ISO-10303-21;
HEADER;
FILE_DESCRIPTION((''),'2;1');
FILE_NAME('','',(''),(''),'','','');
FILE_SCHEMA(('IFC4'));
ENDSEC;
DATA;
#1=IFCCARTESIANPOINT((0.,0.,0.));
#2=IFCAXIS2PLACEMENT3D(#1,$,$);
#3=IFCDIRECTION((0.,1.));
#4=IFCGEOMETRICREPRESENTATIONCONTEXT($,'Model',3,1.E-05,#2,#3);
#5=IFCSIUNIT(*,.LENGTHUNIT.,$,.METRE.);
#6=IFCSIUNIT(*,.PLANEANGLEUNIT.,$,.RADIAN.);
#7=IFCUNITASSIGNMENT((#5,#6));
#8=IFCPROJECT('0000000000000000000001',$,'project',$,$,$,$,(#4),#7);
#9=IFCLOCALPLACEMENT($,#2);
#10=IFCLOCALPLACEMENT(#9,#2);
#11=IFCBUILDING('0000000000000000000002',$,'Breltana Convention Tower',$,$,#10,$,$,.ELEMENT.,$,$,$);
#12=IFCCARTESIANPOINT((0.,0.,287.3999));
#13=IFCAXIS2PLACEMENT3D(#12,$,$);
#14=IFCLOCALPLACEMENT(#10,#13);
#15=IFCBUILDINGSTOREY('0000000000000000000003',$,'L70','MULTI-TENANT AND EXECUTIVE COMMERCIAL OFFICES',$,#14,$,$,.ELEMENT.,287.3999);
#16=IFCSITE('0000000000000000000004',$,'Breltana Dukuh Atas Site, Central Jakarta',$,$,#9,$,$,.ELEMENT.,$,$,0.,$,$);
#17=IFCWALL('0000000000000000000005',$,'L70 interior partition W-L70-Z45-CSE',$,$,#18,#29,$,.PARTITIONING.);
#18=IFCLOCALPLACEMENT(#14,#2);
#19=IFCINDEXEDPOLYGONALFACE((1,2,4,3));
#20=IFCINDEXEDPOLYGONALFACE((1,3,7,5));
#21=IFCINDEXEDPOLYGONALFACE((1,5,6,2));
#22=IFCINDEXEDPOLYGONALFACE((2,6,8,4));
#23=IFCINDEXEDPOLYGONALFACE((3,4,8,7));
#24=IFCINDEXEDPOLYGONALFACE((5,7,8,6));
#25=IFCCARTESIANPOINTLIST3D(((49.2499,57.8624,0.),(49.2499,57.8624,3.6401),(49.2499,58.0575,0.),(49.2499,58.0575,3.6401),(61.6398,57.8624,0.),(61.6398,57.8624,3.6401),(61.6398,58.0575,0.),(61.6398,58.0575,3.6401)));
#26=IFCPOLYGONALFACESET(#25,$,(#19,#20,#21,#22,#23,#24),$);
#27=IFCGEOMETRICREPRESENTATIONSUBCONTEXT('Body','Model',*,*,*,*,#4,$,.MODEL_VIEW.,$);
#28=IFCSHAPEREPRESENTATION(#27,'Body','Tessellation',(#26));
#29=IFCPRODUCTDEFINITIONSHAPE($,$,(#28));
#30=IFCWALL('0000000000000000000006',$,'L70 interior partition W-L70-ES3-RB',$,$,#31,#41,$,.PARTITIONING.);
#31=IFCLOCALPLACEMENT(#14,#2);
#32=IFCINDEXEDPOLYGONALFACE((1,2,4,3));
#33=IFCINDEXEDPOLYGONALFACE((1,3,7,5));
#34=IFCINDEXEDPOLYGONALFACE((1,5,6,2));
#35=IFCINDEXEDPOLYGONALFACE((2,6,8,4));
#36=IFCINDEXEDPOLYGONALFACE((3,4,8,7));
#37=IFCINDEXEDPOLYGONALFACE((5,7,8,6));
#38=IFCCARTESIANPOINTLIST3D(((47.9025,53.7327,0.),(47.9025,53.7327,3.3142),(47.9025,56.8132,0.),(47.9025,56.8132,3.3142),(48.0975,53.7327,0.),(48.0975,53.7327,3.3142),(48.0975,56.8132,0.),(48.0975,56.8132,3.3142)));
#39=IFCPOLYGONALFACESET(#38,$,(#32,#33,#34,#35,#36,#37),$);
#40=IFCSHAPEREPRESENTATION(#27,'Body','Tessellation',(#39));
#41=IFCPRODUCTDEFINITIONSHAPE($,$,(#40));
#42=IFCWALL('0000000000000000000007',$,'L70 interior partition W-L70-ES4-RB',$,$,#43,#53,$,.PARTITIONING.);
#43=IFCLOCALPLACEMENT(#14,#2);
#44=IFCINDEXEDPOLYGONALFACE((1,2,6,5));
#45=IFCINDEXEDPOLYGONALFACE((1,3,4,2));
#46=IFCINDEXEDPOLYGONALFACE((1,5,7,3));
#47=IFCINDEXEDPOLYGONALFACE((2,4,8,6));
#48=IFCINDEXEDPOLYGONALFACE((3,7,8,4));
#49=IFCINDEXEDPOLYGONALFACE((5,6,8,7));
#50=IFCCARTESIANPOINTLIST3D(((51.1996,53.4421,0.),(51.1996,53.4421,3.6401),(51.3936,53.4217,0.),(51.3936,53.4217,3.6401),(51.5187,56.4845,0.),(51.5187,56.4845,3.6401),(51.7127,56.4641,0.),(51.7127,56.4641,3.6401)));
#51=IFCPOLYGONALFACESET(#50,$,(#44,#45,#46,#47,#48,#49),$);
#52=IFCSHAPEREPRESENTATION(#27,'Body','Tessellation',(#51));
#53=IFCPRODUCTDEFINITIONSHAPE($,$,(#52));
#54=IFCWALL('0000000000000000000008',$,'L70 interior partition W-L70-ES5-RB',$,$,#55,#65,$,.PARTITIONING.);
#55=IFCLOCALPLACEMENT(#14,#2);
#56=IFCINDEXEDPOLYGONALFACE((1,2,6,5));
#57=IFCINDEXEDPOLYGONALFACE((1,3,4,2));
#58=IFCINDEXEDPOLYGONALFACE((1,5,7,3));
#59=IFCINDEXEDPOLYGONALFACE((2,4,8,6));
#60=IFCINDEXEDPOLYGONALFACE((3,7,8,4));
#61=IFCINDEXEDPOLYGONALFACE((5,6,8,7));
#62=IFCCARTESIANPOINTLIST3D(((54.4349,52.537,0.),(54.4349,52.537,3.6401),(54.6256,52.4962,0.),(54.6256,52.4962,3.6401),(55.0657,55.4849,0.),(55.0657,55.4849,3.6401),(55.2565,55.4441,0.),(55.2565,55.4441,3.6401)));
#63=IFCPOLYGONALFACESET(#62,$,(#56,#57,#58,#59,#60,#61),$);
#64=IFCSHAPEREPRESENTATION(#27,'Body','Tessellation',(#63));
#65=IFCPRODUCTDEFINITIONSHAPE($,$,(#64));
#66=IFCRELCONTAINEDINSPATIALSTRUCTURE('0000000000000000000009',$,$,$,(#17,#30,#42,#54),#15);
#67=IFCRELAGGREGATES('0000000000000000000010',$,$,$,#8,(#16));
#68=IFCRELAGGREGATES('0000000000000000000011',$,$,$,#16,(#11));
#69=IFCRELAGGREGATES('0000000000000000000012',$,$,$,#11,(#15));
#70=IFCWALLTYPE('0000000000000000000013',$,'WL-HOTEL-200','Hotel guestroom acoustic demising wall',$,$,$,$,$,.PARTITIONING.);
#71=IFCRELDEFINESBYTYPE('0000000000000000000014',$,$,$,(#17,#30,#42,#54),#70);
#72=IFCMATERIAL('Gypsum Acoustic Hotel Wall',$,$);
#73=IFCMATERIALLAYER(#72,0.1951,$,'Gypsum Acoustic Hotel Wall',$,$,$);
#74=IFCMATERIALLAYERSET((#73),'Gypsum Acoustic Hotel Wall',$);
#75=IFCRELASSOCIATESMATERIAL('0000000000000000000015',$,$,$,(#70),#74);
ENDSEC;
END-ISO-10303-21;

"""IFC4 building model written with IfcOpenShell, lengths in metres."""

from ifc_helpers import new_model, si_unit, direction, frame, frame_2d, origin, place, context, subcontext, project, spatial, rectangle, extrude, source, transform, mapped, material, layer, layer_set, type_object, element, save


model = new_model("IFC4")

# Units and contexts
model_context = context("Model", 3, precision=1e-05, world=origin(), true_north=direction((0.0, 1.0)))
body_context = subcontext(model_context, "Body", "Model", "MODEL_VIEW")
ifc_project = project(units=[si_unit("LENGTHUNIT", "METRE"), si_unit("PLANEANGLEUNIT", "RADIAN")], contexts=[model_context])

# Site, building, storey
site_placement = place(None, origin())
site = spatial("IfcSite", under=ifc_project, at=site_placement, Name="Breltana Dukuh Atas Site, Central Jakarta", CompositionType="ELEMENT", RefElevation=0.0)
building_placement = place(site_placement, origin())
building = spatial("IfcBuilding", under=site, at=building_placement, Name="Breltana Convention Tower", CompositionType="ELEMENT")
storey_placement = place(building_placement, frame((0.0, 0.0, 287.3999)))
storey = spatial("IfcBuildingStorey", under=building, at=storey_placement, Name="L70", Description="MULTI-TENANT AND EXECUTIVE COMMERCIAL OFFICES", CompositionType="ELEMENT", Elevation=287.3999)

# Wall
ifc_material_1 = material(Name="Gypsum Acoustic Hotel Wall")
ifc_layer_1 = layer(ifc_material_1, 0.1951, Name="Gypsum Acoustic Hotel Wall")
ifc_layer_set_1 = layer_set([ifc_layer_1], Name="Gypsum Acoustic Hotel Wall")
wall_type_1 = type_object("IfcWallType", Name="WL-HOTEL-200", Description="Hotel guestroom acoustic demising wall", PredefinedType="PARTITIONING", material=ifc_layer_set_1)
shared_shape_1 = source(origin(), body_context, "Body", "SweptSolid", [
    extrude(rectangle(XDim=12.3899, YDim=0.1951, at=frame_2d((6.1948, 0.0))), origin(), (0.0, 0.0, 1.0), 3.6401),
])
wall_1_placement = place(storey_placement, frame((49.25, 57.96, 0.0), z_axis=(0.0, 0.0, 1.0), x_axis=(1.0, 0.0, 0.0)))
element("IfcWall", 1, at=wall_1_placement, inside=storey, type_object=wall_type_1, Name="L70 interior partition W-L70-Z45-CSE", PredefinedType="PARTITIONING", context=body_context, shape_type="MappedRepresentation", body=[
    mapped(shared_shape_1, transform((0.0, 0.0, 0.0), scale=1.0)),
])

# Walls
shared_shape_2 = source(origin(), body_context, "Body", "SweptSolid", [
    extrude(rectangle(XDim=3.0806, YDim=0.1951, at=frame_2d((1.5403, 0.0))), origin(), (0.0, 0.0, 1.0), 3.3142),
])
wall_2_placement = place(storey_placement, frame((48.0, 53.7327, 0.0), z_axis=(0.0, 0.0, 1.0), x_axis=(0.0, 1.0, 0.0)))
element("IfcWall", 2, at=wall_2_placement, inside=storey, type_object=wall_type_1, Name="L70 interior partition W-L70-ES3-RB", PredefinedType="PARTITIONING", context=body_context, shape_type="MappedRepresentation", body=[
    mapped(shared_shape_2, transform((0.0, 0.0, 0.0), scale=1.0)),
])
shared_shape_3 = source(origin(), body_context, "Body", "SweptSolid", [
    extrude(rectangle(XDim=3.0591, YDim=0.1951, at=frame_2d((1.5295, 0.0))), origin(), (0.0, 0.0, 1.0), 3.6401),
])
wall_3_placement = place(storey_placement, frame((51.2966, 53.4319, 0.0), z_axis=(0.0, 0.0, 1.0), x_axis=(0.104307, 0.994545, 0.0)))
element("IfcWall", 3, at=wall_3_placement, inside=storey, type_object=wall_type_1, Name="L70 interior partition W-L70-ES4-RB", PredefinedType="PARTITIONING", context=body_context, shape_type="MappedRepresentation", body=[
    mapped(shared_shape_3, transform((0.0, 0.0, 0.0), scale=1.0)),
])
shared_shape_4 = source(origin(), body_context, "Body", "SweptSolid", [
    extrude(rectangle(XDim=3.0146, YDim=0.1951, at=frame_2d((1.5073, 0.0))), origin(), (0.0, 0.0, 1.0), 3.6401),
])
wall_4_placement = place(storey_placement, frame((54.5303, 52.5166, 0.0), z_axis=(0.0, 0.0, 1.0), x_axis=(0.209258, 0.97786, 0.0)))
element("IfcWall", 4, at=wall_4_placement, inside=storey, type_object=wall_type_1, Name="L70 interior partition W-L70-ES5-RB", PredefinedType="PARTITIONING", context=body_context, shape_type="MappedRepresentation", body=[
    mapped(shared_shape_4, transform((0.0, 0.0, 0.0), scale=1.0)),
])

save(model, "model.ifc")
